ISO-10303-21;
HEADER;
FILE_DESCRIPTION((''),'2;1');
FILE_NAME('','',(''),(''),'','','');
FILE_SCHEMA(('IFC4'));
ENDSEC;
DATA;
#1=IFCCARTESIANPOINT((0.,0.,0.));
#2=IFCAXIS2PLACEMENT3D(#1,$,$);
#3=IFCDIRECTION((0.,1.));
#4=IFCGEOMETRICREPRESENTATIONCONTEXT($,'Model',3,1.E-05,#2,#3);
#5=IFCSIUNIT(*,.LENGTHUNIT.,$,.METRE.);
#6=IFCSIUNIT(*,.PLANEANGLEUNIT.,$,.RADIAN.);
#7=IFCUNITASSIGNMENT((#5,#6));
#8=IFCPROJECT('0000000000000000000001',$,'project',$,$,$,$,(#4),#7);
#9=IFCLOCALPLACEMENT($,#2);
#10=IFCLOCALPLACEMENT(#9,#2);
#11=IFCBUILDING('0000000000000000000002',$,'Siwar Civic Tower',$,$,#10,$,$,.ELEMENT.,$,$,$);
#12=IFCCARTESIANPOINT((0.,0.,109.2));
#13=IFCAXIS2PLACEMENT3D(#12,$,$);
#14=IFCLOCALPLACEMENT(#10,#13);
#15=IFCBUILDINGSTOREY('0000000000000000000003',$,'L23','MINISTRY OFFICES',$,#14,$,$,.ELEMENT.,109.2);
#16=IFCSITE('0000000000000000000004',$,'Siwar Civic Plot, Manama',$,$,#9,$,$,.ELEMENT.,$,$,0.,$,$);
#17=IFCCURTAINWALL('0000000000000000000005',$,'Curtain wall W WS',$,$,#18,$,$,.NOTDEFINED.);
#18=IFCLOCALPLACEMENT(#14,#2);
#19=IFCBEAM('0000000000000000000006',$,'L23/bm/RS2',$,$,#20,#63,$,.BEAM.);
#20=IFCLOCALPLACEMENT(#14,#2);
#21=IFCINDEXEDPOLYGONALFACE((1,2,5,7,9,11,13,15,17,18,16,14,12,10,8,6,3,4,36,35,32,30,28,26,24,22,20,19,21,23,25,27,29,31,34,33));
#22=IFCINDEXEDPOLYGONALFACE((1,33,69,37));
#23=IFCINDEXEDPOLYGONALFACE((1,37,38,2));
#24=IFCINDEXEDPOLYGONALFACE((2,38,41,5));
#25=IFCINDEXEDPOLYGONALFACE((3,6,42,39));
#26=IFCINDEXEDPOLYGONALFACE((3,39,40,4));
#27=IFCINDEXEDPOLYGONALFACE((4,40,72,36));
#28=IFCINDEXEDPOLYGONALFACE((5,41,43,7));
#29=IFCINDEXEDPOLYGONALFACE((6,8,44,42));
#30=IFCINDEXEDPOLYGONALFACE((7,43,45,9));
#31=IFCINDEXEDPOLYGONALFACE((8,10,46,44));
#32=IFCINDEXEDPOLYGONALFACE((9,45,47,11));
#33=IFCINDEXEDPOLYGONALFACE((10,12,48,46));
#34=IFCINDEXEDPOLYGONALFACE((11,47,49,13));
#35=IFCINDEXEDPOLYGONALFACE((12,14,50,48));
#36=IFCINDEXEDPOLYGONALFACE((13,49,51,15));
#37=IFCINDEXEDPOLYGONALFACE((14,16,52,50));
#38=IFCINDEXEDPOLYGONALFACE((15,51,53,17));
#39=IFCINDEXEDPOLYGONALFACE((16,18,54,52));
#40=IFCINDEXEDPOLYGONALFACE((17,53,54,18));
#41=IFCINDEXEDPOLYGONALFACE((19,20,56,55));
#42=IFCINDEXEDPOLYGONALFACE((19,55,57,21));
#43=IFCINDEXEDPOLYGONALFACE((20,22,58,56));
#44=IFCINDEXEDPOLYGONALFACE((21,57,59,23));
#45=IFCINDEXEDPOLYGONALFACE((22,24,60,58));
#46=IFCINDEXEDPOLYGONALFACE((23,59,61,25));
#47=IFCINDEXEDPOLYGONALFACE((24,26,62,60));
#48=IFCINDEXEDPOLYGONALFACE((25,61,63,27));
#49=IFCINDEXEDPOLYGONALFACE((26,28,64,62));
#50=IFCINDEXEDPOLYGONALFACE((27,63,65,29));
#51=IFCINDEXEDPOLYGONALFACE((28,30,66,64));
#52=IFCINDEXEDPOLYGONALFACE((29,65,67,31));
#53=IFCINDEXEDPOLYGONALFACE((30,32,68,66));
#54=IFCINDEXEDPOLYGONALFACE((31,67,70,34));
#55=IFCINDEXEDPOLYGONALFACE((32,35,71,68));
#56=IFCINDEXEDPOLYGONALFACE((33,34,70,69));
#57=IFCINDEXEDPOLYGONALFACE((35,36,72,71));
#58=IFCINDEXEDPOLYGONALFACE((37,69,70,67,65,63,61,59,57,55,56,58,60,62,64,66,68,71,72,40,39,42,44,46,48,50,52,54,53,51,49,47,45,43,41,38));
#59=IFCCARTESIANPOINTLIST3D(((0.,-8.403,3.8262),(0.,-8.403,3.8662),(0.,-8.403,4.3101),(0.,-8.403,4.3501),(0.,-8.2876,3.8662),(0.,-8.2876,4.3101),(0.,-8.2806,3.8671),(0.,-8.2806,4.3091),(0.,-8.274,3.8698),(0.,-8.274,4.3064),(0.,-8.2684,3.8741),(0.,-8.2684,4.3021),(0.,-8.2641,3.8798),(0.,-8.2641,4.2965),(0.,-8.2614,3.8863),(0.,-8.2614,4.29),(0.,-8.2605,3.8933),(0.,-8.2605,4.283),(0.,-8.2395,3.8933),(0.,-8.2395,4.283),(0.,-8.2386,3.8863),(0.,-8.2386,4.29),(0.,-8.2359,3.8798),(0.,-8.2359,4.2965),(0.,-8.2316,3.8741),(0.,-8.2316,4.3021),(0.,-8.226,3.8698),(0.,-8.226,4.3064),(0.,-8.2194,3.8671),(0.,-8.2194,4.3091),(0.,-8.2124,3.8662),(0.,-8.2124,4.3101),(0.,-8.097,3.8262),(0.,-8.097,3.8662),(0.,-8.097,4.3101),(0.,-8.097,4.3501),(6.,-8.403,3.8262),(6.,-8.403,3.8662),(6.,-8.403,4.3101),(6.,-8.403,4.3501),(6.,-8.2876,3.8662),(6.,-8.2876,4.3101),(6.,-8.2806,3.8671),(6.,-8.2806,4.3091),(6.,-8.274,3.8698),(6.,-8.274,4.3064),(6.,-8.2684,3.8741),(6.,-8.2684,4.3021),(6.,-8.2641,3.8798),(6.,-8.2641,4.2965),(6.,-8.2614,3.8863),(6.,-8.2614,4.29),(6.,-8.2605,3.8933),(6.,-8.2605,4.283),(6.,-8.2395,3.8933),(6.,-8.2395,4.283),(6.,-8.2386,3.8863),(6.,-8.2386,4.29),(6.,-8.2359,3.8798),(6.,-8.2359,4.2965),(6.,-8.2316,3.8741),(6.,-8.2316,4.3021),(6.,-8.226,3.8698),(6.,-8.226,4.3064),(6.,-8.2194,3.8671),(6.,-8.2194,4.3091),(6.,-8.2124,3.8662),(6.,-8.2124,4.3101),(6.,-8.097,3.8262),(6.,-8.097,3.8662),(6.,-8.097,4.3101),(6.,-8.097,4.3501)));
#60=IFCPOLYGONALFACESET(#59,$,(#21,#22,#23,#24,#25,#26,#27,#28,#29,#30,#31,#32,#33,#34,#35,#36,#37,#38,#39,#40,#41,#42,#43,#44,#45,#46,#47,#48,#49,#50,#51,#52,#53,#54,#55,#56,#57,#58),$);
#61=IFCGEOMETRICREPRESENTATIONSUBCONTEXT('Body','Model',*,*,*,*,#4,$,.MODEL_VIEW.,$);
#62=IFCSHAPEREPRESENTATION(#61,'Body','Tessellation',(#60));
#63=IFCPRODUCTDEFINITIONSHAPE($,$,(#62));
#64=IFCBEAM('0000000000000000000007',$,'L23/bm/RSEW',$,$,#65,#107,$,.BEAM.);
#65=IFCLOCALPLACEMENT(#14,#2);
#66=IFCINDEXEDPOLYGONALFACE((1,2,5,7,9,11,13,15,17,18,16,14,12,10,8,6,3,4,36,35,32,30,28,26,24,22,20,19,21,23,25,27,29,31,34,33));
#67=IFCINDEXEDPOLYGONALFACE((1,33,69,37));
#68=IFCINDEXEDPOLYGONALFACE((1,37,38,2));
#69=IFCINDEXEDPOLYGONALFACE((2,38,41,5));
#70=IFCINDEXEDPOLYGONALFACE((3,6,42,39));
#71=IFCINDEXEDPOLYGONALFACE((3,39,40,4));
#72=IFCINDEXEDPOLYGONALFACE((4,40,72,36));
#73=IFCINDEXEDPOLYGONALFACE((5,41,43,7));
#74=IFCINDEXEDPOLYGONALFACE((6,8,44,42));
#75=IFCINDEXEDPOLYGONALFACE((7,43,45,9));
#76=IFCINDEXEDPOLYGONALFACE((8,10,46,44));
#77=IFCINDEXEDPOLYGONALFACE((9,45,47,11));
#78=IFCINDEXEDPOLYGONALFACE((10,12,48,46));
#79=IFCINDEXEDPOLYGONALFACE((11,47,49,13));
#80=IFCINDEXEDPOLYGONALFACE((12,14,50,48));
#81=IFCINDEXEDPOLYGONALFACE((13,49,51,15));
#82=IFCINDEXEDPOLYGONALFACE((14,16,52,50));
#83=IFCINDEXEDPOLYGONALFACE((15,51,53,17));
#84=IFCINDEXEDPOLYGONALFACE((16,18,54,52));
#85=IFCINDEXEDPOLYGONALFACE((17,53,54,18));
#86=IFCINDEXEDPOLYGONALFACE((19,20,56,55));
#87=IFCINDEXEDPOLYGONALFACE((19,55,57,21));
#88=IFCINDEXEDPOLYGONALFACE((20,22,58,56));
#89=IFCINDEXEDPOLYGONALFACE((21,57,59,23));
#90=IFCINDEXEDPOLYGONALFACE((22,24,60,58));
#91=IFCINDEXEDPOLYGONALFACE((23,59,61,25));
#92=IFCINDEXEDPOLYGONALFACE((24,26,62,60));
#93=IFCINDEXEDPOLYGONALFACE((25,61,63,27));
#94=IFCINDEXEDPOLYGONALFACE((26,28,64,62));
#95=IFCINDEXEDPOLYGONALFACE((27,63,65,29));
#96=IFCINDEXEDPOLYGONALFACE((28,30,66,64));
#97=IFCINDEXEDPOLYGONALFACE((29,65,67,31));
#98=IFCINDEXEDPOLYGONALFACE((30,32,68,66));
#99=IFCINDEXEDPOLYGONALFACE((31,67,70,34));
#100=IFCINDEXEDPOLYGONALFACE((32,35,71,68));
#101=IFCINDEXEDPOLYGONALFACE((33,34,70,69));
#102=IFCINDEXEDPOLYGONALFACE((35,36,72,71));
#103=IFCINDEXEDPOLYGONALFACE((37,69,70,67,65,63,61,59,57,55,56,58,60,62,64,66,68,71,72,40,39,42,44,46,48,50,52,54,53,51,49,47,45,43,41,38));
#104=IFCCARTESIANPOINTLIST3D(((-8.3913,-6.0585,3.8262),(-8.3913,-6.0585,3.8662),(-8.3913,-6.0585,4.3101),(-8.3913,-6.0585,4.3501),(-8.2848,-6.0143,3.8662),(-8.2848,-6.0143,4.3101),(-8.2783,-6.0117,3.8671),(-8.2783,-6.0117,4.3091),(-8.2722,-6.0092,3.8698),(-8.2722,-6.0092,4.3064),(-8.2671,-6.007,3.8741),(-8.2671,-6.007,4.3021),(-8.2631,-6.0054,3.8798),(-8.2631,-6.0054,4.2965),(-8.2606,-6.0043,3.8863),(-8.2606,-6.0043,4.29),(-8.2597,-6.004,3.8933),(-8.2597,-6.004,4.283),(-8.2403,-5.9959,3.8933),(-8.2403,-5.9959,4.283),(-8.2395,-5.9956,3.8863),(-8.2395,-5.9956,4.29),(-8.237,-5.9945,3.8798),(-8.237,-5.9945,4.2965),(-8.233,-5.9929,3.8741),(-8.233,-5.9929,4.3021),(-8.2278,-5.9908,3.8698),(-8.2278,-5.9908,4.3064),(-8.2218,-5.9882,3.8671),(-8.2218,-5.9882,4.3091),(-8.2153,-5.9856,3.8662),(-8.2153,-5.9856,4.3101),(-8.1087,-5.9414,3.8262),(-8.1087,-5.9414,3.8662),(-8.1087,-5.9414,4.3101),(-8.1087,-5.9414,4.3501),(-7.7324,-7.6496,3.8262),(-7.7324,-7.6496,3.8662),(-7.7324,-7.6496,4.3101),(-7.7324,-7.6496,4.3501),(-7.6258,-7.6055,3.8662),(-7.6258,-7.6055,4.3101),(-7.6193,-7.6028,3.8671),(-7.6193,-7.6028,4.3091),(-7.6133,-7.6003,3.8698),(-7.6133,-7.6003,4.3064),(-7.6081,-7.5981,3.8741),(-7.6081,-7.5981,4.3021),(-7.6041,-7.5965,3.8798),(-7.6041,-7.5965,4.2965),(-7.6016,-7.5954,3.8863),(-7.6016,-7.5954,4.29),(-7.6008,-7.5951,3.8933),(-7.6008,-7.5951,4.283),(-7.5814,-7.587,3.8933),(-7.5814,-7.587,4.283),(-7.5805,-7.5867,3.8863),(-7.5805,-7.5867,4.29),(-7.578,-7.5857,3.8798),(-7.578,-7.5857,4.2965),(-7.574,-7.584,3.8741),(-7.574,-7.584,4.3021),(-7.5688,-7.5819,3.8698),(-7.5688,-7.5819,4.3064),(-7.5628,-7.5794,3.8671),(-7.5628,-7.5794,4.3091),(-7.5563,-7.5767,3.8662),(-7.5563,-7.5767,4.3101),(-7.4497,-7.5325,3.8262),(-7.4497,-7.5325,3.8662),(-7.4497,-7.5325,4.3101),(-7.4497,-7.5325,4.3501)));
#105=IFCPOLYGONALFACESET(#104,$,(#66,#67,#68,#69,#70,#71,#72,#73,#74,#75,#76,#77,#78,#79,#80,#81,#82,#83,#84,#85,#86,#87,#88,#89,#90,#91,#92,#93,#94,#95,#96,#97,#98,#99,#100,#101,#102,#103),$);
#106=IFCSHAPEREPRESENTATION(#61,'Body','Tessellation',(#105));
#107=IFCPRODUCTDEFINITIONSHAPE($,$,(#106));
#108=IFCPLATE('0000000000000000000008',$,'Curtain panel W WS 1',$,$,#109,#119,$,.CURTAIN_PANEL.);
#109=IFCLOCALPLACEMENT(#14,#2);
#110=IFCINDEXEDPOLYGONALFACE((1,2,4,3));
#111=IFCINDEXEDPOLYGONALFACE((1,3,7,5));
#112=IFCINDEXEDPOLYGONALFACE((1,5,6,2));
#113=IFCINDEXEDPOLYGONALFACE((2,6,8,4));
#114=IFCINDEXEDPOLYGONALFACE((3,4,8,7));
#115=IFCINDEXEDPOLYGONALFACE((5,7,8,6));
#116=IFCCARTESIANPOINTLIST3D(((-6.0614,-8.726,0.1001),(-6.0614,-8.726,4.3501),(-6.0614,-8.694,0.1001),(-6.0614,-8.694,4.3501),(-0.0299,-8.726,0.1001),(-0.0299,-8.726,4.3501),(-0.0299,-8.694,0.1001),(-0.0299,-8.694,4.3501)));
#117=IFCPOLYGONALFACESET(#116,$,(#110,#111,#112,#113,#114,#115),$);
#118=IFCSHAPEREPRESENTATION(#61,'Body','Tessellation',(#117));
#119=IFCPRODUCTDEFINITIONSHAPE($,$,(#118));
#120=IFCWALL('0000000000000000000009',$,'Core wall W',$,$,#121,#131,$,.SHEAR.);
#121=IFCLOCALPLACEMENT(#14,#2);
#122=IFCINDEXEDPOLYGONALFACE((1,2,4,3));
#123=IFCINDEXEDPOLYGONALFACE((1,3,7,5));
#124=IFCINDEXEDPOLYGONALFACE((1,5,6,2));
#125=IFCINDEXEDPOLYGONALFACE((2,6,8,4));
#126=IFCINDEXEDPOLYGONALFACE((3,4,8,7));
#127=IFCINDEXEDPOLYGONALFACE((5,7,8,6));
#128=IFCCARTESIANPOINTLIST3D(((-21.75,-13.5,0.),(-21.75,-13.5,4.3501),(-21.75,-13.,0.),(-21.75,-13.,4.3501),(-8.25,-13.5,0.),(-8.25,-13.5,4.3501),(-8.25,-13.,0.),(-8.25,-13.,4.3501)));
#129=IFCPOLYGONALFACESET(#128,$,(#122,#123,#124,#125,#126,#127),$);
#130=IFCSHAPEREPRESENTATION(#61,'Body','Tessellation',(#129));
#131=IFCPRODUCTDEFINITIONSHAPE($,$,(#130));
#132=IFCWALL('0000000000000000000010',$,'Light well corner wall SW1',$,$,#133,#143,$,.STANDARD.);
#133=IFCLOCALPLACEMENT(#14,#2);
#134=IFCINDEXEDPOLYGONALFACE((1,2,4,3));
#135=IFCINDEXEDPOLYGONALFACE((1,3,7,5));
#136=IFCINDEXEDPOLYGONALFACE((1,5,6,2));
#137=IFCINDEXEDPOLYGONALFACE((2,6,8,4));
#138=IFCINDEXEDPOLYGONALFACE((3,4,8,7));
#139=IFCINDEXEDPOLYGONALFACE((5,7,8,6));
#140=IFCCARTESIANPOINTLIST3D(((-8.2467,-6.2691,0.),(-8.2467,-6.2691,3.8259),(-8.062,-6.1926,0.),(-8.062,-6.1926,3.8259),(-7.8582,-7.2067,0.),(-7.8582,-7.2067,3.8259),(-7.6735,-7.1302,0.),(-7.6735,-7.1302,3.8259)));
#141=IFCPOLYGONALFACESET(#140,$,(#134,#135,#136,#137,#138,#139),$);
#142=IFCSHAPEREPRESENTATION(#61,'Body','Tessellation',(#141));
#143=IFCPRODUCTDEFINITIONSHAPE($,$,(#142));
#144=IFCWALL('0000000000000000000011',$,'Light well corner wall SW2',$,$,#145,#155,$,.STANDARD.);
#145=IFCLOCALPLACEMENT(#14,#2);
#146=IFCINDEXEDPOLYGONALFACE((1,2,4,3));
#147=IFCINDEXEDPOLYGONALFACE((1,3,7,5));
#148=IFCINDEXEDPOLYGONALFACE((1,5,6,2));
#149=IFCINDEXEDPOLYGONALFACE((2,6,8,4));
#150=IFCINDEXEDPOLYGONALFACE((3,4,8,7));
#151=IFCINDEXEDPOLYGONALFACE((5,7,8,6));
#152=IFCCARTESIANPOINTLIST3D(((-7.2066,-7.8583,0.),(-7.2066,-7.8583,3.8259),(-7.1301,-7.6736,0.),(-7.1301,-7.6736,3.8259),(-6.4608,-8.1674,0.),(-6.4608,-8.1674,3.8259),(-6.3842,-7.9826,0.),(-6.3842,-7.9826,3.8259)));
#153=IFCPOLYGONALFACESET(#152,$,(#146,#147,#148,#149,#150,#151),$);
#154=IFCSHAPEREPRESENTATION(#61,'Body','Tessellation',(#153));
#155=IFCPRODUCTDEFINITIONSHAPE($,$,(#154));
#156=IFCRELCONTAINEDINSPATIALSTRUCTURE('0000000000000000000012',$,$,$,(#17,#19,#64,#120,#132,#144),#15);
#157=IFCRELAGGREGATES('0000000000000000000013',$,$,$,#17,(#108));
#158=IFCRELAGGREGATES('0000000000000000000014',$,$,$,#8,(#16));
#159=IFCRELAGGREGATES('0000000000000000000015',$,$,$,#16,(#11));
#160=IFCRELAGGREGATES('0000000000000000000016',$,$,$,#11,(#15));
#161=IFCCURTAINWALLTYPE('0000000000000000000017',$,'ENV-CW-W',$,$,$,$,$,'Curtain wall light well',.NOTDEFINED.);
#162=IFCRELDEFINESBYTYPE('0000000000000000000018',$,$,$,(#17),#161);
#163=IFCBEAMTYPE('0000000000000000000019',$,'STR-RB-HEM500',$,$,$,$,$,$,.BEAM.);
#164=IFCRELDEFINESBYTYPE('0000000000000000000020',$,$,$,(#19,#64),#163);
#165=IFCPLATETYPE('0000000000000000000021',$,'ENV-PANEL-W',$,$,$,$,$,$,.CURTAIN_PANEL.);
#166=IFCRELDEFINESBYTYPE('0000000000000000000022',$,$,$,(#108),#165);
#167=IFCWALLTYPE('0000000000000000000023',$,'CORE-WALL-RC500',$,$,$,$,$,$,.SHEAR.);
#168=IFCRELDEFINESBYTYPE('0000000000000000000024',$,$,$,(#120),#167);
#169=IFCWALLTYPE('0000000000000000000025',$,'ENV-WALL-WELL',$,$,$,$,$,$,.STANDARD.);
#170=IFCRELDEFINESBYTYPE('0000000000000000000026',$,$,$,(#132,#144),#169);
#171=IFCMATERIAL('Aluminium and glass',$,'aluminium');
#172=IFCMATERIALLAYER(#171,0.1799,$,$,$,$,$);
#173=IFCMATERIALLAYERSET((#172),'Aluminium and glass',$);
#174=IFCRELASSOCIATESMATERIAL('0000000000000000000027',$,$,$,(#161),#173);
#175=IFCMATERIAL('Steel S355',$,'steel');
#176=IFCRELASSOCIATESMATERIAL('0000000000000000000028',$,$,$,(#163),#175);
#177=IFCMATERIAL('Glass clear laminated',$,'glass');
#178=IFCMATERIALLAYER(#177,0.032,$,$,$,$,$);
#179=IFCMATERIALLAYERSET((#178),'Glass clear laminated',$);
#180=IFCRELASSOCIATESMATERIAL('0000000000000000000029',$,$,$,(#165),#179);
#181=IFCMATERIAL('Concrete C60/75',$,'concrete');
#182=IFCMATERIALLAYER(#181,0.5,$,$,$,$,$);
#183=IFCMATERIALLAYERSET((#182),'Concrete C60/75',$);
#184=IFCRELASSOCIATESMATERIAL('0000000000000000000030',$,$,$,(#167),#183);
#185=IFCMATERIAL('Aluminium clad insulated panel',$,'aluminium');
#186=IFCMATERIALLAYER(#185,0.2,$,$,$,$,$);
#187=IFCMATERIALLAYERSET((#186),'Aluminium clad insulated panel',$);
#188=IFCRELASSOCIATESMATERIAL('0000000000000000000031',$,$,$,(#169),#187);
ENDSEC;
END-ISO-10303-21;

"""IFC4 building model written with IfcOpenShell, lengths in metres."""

from ifc_helpers import new_model, si_unit, direction, frame, frame_2d, origin, origin_2d, place, context, subcontext, project, spatial, rectangle, i_section, extrude, material, layer, layer_set, material_profile, profile_set, type_object, element, aggregate, save


model = new_model("IFC4")

# Units and contexts
model_context = context("Model", 3, precision=1e-05, world=origin(), true_north=direction((0.0, 1.0)))
body_context = subcontext(model_context, "Body", "Model", "MODEL_VIEW")
ifc_project = project(units=[si_unit("LENGTHUNIT", "METRE"), si_unit("PLANEANGLEUNIT", "RADIAN")], contexts=[model_context])

# Site, building, storey
site_placement = place(None, origin())
site = spatial("IfcSite", under=ifc_project, at=site_placement, Name="Siwar Civic Plot, Manama", CompositionType="ELEMENT", RefElevation=0.0)
building_placement = place(site_placement, origin())
building = spatial("IfcBuilding", under=site, at=building_placement, Name="Siwar Civic Tower", CompositionType="ELEMENT")
storey_placement = place(building_placement, frame((0.0, 0.0, 109.2)))
storey = spatial("IfcBuildingStorey", under=building, at=storey_placement, Name="L23", Description="MINISTRY OFFICES", CompositionType="ELEMENT", Elevation=109.2)

# Curtain wall
ifc_material_1 = material(Name="Aluminium and glass", Category="aluminium")
ifc_layer_1 = layer(ifc_material_1, 0.1799)
ifc_layer_set_1 = layer_set([ifc_layer_1], Name="Aluminium and glass")
curtain_wall_type = type_object("IfcCurtainWallType", Name="ENV-CW-W", ElementType="Curtain wall light well", PredefinedType="NOTDEFINED", material=ifc_layer_set_1)
curtain_wall_placement = place(storey_placement, origin())
curtain_wall = element("IfcCurtainWall", 1, at=curtain_wall_placement, inside=storey, type_object=curtain_wall_type, Name="Curtain wall W WS", PredefinedType="NOTDEFINED")

# Beams
ifc_material_2 = material(Name="Steel S355", Category="steel")
ifc_material_profile_1 = material_profile(ifc_material_2, i_section(OverallWidth=0.3059, OverallDepth=0.5239, WebThickness=0.021, FlangeThickness=0.04, FilletRadius=0.0271, at=origin_2d()), Name="HEM500")
ifc_profile_set_1 = profile_set([ifc_material_profile_1], Name="Steel S355")
beam_type = type_object("IfcBeamType", Name="STR-RB-HEM500", PredefinedType="BEAM", material=ifc_profile_set_1)
for number, where, z_axis, x_axis, name in (
    (2, (0.0, -8.25, 4.0881), (1.0, 0.0, 0.0), (0.0, 1.0, 0.0), "L23/bm/RS2"),
):
    element("IfcBeam", number, at=place(storey_placement, frame(where, z_axis=z_axis, x_axis=x_axis)), inside=storey, type_object=beam_type, Name=name, PredefinedType="BEAM", context=body_context, shape_type="SweptSolid", body=[
        extrude(i_section(OverallWidth=0.3059, OverallDepth=0.5239, WebThickness=0.021, FlangeThickness=0.04, FilletRadius=0.0271, at=origin_2d()), origin(), (0.0, 0.0, 1.0), 6.0),
    ])
beam_1_placement = place(storey_placement, frame((-7.5911, -7.5911, 4.0881), z_axis=(-0.382631, 0.923901, 0.0), x_axis=(-0.923901, -0.382631, 0.0)))
element("IfcBeam", 3, at=beam_1_placement, inside=storey, type_object=beam_type, Name="L23/bm/RSEW", PredefinedType="BEAM", context=body_context, shape_type="SweptSolid", body=[
    extrude(i_section(OverallWidth=0.3059, OverallDepth=0.5239, WebThickness=0.021, FlangeThickness=0.04, FilletRadius=0.0271, at=origin_2d()), origin(), (0.0, 0.0, 1.0), 1.7222),
])

# Plate
ifc_material_3 = material(Name="Glass clear laminated", Category="glass")
ifc_layer_2 = layer(ifc_material_3, 0.032)
ifc_layer_set_2 = layer_set([ifc_layer_2], Name="Glass clear laminated")
plate_type = type_object("IfcPlateType", Name="ENV-PANEL-W", PredefinedType="CURTAIN_PANEL", material=ifc_layer_set_2)
plate_placement = place(storey_placement, frame((-3.0457, -8.71, 0.1001), z_axis=(0.0, 0.0, 1.0), x_axis=(1.0, 0.0, 0.0)))
plate = element("IfcPlate", 4, at=plate_placement, type_object=plate_type, Name="Curtain panel W WS 1", PredefinedType="CURTAIN_PANEL", context=body_context, shape_type="SweptSolid", body=[
    extrude(rectangle(XDim=6.0315, YDim=0.032, at=origin_2d()), origin(), (0.0, 0.0, 1.0), 4.25),
])
aggregate(curtain_wall, [plate])

# Walls
ifc_material_4 = material(Name="Concrete C60/75", Category="concrete")
ifc_layer_3 = layer(ifc_material_4, 0.5)
ifc_layer_set_3 = layer_set([ifc_layer_3], Name="Concrete C60/75")
wall_type_1 = type_object("IfcWallType", Name="CORE-WALL-RC500", PredefinedType="SHEAR", material=ifc_layer_set_3)
wall_1_placement = place(storey_placement, frame((-8.25, -13.25, 0.0), z_axis=(0.0, 0.0, 1.0), x_axis=(-1.0, 0.0, 0.0)))
element("IfcWall", 5, at=wall_1_placement, inside=storey, type_object=wall_type_1, Name="Core wall W", PredefinedType="SHEAR", context=body_context, shape_type="SweptSolid", body=[
    extrude(rectangle(XDim=13.5, YDim=0.5, at=frame_2d((6.75, 0.0))), origin(), (0.0, 0.0, 1.0), 4.3501),
])
ifc_material_5 = material(Name="Aluminium clad insulated panel", Category="aluminium")
ifc_layer_4 = layer(ifc_material_5, 0.2)
ifc_layer_set_4 = layer_set([ifc_layer_4], Name="Aluminium clad insulated panel")
wall_type_2 = type_object("IfcWallType", Name="ENV-WALL-WELL", PredefinedType="STANDARD", material=ifc_layer_set_4)
wall_2_placement = place(storey_placement, frame((-8.1543, -6.231, 0.0), z_axis=(0.0, 0.0, 1.0), x_axis=(0.38277, -0.923844, 0.0)))
element("IfcWall", 6, at=wall_2_placement, inside=storey, type_object=wall_type_2, Name="Light well corner wall SW1", PredefinedType="STANDARD", context=body_context, shape_type="SweptSolid", body=[
    extrude(rectangle(XDim=1.0149, YDim=0.2, at=frame_2d((0.5073, 0.0))), origin(), (0.0, 0.0, 1.0), 3.8259),
])
wall_3_placement = place(storey_placement, frame((-7.1685, -7.7659, 0.0), z_axis=(0.0, 0.0, 1.0), x_axis=(0.923818, -0.382833, 0.0)))
element("IfcWall", 7, at=wall_3_placement, inside=storey, type_object=wall_type_2, Name="Light well corner wall SW2", PredefinedType="STANDARD", context=body_context, shape_type="SweptSolid", body=[
    extrude(rectangle(XDim=0.8074, YDim=0.2, at=frame_2d((0.4038, 0.0))), origin(), (0.0, 0.0, 1.0), 3.8259),
])

save(model, "model.ifc")
